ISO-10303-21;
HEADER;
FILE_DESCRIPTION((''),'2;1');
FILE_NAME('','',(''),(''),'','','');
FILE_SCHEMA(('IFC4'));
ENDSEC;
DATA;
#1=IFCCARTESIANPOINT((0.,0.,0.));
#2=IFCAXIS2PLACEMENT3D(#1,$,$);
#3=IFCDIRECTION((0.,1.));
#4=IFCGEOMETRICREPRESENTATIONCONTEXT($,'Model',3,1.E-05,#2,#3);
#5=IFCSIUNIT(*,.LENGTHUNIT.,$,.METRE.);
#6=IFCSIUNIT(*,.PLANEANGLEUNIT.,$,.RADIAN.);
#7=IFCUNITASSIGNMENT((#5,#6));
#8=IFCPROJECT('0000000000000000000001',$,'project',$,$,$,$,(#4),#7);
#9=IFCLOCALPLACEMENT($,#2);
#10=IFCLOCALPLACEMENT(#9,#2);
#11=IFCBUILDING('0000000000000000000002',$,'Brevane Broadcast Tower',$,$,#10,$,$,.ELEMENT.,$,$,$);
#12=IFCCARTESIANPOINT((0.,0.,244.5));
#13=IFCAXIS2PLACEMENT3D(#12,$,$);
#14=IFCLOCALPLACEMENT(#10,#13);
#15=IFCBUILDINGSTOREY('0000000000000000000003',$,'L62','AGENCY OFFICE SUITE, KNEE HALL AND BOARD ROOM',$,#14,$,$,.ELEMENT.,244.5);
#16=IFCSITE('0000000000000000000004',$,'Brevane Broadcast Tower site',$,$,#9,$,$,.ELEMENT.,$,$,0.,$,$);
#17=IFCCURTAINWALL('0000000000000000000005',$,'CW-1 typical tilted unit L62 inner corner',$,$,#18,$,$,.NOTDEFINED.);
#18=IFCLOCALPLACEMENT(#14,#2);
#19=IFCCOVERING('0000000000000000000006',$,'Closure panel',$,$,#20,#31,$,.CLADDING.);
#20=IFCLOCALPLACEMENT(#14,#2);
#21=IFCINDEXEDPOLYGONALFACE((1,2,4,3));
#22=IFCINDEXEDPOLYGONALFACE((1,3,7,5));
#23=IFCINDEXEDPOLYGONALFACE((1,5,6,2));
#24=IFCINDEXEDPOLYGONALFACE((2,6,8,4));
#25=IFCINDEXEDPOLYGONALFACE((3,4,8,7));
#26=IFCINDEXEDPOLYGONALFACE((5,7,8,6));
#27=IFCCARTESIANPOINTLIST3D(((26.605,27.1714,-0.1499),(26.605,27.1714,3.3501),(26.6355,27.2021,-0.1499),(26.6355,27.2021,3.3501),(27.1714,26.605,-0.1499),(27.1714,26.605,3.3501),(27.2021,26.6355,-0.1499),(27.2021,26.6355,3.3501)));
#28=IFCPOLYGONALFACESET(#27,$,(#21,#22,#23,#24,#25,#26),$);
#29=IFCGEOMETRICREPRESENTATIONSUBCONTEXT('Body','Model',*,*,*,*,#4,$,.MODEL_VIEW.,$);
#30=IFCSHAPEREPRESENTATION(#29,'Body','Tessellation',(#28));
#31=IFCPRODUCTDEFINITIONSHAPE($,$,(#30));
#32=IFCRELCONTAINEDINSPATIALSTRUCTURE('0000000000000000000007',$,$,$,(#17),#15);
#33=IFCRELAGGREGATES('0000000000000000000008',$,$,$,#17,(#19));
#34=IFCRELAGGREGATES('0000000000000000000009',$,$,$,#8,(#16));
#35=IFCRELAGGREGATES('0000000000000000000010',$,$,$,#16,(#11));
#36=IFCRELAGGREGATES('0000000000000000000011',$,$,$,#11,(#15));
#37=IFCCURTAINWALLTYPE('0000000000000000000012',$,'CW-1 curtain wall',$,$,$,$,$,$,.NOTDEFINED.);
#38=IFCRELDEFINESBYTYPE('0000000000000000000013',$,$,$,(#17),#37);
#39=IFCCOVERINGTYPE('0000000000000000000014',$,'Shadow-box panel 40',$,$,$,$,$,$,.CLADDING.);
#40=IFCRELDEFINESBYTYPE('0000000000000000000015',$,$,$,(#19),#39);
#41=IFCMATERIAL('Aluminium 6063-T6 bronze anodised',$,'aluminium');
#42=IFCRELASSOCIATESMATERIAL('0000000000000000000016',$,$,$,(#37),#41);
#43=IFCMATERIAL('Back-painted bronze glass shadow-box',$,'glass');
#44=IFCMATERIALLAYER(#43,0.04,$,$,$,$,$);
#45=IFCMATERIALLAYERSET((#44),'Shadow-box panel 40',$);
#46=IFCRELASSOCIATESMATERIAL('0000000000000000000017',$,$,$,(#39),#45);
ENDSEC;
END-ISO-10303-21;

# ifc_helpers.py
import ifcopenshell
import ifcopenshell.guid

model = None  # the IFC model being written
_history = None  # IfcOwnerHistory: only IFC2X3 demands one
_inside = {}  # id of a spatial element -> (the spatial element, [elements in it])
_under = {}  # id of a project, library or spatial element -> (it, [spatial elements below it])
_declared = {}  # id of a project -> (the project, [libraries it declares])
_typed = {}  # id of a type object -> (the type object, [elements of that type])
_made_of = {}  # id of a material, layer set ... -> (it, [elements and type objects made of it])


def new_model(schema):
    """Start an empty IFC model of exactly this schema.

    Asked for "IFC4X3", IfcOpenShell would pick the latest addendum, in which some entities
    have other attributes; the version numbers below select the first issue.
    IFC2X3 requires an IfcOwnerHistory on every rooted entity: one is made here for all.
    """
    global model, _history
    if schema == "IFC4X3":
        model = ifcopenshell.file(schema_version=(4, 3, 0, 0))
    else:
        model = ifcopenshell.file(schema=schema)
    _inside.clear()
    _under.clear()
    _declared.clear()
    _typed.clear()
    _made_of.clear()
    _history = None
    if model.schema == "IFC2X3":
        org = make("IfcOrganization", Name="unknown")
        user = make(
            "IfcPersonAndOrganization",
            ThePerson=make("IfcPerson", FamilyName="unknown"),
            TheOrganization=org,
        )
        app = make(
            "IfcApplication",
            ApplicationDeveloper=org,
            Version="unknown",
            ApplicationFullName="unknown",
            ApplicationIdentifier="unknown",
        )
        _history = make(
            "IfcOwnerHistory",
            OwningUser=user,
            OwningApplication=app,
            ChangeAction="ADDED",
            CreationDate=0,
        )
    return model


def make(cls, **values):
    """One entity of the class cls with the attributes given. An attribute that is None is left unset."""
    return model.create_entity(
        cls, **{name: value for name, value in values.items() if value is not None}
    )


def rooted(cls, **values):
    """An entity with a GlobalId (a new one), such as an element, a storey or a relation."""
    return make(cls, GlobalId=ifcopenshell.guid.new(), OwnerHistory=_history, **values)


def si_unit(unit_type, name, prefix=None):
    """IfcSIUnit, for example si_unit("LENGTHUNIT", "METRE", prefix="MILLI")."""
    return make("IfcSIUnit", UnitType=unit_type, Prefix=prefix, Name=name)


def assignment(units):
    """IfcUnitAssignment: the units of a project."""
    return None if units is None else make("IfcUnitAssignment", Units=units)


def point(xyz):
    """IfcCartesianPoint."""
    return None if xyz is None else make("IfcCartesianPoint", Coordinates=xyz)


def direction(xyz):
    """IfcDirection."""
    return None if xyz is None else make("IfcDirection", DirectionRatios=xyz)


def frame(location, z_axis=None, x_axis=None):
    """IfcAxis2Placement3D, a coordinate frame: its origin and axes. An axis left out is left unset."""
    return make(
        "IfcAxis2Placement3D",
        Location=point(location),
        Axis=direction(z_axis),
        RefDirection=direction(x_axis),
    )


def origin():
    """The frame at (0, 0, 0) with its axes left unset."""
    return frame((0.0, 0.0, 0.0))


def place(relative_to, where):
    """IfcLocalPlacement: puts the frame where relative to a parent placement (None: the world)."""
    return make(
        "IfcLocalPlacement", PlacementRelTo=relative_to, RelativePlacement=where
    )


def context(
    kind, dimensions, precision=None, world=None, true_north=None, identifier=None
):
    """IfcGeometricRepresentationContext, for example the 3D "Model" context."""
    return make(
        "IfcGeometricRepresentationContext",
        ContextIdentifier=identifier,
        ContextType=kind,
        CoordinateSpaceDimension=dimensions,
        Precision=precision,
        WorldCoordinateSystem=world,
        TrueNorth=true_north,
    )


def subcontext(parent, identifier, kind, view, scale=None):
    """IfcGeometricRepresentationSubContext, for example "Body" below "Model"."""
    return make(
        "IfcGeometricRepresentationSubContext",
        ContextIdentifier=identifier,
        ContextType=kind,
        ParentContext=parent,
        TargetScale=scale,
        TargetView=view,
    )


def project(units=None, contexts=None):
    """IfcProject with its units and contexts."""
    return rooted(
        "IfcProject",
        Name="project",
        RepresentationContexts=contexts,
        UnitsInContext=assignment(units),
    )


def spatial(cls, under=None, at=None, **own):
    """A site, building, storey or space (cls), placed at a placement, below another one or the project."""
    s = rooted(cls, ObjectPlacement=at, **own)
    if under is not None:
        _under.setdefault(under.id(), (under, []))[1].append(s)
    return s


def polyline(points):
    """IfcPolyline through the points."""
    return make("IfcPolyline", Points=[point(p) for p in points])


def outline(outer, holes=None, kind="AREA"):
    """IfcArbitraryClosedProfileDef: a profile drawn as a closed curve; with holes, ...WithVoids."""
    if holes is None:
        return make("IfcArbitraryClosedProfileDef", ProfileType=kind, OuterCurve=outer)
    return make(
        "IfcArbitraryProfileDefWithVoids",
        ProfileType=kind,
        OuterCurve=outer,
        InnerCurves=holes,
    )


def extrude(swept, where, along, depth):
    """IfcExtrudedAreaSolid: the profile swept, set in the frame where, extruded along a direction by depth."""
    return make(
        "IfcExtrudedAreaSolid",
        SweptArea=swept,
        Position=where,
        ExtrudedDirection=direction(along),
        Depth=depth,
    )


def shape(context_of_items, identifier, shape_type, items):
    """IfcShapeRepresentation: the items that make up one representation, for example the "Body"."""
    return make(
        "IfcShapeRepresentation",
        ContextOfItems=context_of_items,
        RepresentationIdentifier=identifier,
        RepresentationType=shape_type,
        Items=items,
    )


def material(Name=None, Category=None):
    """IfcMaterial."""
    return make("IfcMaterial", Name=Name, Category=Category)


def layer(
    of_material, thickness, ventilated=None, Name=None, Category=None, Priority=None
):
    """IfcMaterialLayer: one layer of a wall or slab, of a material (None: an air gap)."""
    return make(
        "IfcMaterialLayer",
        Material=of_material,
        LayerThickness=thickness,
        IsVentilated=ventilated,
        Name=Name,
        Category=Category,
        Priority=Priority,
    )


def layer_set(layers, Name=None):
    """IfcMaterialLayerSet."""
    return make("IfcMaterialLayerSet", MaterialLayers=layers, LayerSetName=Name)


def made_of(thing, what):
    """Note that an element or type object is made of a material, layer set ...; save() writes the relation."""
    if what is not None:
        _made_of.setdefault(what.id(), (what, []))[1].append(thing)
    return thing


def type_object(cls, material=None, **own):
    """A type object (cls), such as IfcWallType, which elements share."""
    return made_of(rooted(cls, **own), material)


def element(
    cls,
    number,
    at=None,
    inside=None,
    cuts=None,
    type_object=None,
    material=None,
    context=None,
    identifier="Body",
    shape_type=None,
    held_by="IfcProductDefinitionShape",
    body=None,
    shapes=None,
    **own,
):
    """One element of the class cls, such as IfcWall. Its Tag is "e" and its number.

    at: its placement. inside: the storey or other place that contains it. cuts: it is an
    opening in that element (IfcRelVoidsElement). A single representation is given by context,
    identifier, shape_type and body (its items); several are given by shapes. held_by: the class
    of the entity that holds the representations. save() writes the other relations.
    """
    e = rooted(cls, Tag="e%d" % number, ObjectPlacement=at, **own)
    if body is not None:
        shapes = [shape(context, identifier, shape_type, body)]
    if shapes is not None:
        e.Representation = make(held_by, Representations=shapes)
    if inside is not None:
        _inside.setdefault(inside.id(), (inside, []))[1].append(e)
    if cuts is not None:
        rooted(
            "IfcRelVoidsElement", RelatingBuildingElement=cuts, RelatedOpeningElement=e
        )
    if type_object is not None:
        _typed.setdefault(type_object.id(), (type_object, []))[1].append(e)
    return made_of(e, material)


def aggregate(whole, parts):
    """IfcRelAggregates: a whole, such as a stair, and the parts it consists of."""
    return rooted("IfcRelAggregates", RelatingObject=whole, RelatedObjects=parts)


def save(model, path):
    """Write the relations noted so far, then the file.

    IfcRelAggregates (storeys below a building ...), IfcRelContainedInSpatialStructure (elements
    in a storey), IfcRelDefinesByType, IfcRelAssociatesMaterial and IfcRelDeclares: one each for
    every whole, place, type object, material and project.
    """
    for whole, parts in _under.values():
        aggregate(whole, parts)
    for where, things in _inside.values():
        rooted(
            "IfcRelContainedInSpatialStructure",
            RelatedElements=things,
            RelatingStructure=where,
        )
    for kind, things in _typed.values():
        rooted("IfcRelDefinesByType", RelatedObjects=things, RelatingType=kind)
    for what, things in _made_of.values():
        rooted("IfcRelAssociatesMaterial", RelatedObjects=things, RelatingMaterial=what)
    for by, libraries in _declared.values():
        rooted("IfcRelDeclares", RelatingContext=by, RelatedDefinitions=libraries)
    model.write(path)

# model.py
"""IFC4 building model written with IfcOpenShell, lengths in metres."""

from ifc_helpers import new_model, si_unit, direction, frame, origin, place, context, subcontext, project, spatial, polyline, outline, extrude, material, layer, layer_set, type_object, element, aggregate, save


model = new_model("IFC4")

# Units and contexts
model_context = context("Model", 3, precision=1e-05, world=origin(), true_north=direction((0.0, 1.0)))
body_context = subcontext(model_context, "Body", "Model", "MODEL_VIEW")
ifc_project = project(units=[si_unit("LENGTHUNIT", "METRE"), si_unit("PLANEANGLEUNIT", "RADIAN")], contexts=[model_context])

# Site, building, storey
site_placement = place(None, origin())
site = spatial("IfcSite", under=ifc_project, at=site_placement, Name="Brevane Broadcast Tower site", CompositionType="ELEMENT", RefElevation=0.0)
building_placement = place(site_placement, origin())
building = spatial("IfcBuilding", under=site, at=building_placement, Name="Brevane Broadcast Tower", CompositionType="ELEMENT")
storey_placement = place(building_placement, frame((0.0, 0.0, 244.5)))
storey = spatial("IfcBuildingStorey", under=building, at=storey_placement, Name="L62", Description="AGENCY OFFICE SUITE, KNEE HALL AND BOARD ROOM", CompositionType="ELEMENT", Elevation=244.5)

# Shared definitions
ifc_material_1 = material(Name="Aluminium 6063-T6 bronze anodised", Category="aluminium")
curtain_wall_type = type_object("IfcCurtainWallType", Name="CW-1 curtain wall", PredefinedType="NOTDEFINED", material=ifc_material_1)

# Curtain wall, covering
curtain_wall_1_placement = place(storey_placement, origin())
curtain_wall_1 = element("IfcCurtainWall", 1, at=curtain_wall_1_placement, inside=storey, type_object=curtain_wall_type, Name="CW-1 typical tilted unit L62 inner corner", PredefinedType="NOTDEFINED")
ifc_material_2 = material(Name="Back-painted bronze glass shadow-box", Category="glass")
ifc_layer_1 = layer(ifc_material_2, 0.04)
ifc_layer_set_1 = layer_set([ifc_layer_1], Name="Shadow-box panel 40")
covering_type = type_object("IfcCoveringType", Name="Shadow-box panel 40", PredefinedType="CLADDING", material=ifc_layer_set_1)
covering_placement = place(storey_placement, frame((0.0, 0.0, -0.1499)))
covering = element("IfcCovering", 2, at=covering_placement, type_object=covering_type, Name="Closure panel", PredefinedType="CLADDING", context=body_context, shape_type="SweptSolid", body=[
    extrude(outline(polyline([(27.1714, 26.605), (27.2021, 26.6355), (26.6355, 27.2021), (26.605, 27.1714), (27.1714, 26.605)])), origin(), (0.0, 0.0, 1.0), 3.5),
])
aggregate(curtain_wall_1, [covering])

save(model, "model.ifc")
